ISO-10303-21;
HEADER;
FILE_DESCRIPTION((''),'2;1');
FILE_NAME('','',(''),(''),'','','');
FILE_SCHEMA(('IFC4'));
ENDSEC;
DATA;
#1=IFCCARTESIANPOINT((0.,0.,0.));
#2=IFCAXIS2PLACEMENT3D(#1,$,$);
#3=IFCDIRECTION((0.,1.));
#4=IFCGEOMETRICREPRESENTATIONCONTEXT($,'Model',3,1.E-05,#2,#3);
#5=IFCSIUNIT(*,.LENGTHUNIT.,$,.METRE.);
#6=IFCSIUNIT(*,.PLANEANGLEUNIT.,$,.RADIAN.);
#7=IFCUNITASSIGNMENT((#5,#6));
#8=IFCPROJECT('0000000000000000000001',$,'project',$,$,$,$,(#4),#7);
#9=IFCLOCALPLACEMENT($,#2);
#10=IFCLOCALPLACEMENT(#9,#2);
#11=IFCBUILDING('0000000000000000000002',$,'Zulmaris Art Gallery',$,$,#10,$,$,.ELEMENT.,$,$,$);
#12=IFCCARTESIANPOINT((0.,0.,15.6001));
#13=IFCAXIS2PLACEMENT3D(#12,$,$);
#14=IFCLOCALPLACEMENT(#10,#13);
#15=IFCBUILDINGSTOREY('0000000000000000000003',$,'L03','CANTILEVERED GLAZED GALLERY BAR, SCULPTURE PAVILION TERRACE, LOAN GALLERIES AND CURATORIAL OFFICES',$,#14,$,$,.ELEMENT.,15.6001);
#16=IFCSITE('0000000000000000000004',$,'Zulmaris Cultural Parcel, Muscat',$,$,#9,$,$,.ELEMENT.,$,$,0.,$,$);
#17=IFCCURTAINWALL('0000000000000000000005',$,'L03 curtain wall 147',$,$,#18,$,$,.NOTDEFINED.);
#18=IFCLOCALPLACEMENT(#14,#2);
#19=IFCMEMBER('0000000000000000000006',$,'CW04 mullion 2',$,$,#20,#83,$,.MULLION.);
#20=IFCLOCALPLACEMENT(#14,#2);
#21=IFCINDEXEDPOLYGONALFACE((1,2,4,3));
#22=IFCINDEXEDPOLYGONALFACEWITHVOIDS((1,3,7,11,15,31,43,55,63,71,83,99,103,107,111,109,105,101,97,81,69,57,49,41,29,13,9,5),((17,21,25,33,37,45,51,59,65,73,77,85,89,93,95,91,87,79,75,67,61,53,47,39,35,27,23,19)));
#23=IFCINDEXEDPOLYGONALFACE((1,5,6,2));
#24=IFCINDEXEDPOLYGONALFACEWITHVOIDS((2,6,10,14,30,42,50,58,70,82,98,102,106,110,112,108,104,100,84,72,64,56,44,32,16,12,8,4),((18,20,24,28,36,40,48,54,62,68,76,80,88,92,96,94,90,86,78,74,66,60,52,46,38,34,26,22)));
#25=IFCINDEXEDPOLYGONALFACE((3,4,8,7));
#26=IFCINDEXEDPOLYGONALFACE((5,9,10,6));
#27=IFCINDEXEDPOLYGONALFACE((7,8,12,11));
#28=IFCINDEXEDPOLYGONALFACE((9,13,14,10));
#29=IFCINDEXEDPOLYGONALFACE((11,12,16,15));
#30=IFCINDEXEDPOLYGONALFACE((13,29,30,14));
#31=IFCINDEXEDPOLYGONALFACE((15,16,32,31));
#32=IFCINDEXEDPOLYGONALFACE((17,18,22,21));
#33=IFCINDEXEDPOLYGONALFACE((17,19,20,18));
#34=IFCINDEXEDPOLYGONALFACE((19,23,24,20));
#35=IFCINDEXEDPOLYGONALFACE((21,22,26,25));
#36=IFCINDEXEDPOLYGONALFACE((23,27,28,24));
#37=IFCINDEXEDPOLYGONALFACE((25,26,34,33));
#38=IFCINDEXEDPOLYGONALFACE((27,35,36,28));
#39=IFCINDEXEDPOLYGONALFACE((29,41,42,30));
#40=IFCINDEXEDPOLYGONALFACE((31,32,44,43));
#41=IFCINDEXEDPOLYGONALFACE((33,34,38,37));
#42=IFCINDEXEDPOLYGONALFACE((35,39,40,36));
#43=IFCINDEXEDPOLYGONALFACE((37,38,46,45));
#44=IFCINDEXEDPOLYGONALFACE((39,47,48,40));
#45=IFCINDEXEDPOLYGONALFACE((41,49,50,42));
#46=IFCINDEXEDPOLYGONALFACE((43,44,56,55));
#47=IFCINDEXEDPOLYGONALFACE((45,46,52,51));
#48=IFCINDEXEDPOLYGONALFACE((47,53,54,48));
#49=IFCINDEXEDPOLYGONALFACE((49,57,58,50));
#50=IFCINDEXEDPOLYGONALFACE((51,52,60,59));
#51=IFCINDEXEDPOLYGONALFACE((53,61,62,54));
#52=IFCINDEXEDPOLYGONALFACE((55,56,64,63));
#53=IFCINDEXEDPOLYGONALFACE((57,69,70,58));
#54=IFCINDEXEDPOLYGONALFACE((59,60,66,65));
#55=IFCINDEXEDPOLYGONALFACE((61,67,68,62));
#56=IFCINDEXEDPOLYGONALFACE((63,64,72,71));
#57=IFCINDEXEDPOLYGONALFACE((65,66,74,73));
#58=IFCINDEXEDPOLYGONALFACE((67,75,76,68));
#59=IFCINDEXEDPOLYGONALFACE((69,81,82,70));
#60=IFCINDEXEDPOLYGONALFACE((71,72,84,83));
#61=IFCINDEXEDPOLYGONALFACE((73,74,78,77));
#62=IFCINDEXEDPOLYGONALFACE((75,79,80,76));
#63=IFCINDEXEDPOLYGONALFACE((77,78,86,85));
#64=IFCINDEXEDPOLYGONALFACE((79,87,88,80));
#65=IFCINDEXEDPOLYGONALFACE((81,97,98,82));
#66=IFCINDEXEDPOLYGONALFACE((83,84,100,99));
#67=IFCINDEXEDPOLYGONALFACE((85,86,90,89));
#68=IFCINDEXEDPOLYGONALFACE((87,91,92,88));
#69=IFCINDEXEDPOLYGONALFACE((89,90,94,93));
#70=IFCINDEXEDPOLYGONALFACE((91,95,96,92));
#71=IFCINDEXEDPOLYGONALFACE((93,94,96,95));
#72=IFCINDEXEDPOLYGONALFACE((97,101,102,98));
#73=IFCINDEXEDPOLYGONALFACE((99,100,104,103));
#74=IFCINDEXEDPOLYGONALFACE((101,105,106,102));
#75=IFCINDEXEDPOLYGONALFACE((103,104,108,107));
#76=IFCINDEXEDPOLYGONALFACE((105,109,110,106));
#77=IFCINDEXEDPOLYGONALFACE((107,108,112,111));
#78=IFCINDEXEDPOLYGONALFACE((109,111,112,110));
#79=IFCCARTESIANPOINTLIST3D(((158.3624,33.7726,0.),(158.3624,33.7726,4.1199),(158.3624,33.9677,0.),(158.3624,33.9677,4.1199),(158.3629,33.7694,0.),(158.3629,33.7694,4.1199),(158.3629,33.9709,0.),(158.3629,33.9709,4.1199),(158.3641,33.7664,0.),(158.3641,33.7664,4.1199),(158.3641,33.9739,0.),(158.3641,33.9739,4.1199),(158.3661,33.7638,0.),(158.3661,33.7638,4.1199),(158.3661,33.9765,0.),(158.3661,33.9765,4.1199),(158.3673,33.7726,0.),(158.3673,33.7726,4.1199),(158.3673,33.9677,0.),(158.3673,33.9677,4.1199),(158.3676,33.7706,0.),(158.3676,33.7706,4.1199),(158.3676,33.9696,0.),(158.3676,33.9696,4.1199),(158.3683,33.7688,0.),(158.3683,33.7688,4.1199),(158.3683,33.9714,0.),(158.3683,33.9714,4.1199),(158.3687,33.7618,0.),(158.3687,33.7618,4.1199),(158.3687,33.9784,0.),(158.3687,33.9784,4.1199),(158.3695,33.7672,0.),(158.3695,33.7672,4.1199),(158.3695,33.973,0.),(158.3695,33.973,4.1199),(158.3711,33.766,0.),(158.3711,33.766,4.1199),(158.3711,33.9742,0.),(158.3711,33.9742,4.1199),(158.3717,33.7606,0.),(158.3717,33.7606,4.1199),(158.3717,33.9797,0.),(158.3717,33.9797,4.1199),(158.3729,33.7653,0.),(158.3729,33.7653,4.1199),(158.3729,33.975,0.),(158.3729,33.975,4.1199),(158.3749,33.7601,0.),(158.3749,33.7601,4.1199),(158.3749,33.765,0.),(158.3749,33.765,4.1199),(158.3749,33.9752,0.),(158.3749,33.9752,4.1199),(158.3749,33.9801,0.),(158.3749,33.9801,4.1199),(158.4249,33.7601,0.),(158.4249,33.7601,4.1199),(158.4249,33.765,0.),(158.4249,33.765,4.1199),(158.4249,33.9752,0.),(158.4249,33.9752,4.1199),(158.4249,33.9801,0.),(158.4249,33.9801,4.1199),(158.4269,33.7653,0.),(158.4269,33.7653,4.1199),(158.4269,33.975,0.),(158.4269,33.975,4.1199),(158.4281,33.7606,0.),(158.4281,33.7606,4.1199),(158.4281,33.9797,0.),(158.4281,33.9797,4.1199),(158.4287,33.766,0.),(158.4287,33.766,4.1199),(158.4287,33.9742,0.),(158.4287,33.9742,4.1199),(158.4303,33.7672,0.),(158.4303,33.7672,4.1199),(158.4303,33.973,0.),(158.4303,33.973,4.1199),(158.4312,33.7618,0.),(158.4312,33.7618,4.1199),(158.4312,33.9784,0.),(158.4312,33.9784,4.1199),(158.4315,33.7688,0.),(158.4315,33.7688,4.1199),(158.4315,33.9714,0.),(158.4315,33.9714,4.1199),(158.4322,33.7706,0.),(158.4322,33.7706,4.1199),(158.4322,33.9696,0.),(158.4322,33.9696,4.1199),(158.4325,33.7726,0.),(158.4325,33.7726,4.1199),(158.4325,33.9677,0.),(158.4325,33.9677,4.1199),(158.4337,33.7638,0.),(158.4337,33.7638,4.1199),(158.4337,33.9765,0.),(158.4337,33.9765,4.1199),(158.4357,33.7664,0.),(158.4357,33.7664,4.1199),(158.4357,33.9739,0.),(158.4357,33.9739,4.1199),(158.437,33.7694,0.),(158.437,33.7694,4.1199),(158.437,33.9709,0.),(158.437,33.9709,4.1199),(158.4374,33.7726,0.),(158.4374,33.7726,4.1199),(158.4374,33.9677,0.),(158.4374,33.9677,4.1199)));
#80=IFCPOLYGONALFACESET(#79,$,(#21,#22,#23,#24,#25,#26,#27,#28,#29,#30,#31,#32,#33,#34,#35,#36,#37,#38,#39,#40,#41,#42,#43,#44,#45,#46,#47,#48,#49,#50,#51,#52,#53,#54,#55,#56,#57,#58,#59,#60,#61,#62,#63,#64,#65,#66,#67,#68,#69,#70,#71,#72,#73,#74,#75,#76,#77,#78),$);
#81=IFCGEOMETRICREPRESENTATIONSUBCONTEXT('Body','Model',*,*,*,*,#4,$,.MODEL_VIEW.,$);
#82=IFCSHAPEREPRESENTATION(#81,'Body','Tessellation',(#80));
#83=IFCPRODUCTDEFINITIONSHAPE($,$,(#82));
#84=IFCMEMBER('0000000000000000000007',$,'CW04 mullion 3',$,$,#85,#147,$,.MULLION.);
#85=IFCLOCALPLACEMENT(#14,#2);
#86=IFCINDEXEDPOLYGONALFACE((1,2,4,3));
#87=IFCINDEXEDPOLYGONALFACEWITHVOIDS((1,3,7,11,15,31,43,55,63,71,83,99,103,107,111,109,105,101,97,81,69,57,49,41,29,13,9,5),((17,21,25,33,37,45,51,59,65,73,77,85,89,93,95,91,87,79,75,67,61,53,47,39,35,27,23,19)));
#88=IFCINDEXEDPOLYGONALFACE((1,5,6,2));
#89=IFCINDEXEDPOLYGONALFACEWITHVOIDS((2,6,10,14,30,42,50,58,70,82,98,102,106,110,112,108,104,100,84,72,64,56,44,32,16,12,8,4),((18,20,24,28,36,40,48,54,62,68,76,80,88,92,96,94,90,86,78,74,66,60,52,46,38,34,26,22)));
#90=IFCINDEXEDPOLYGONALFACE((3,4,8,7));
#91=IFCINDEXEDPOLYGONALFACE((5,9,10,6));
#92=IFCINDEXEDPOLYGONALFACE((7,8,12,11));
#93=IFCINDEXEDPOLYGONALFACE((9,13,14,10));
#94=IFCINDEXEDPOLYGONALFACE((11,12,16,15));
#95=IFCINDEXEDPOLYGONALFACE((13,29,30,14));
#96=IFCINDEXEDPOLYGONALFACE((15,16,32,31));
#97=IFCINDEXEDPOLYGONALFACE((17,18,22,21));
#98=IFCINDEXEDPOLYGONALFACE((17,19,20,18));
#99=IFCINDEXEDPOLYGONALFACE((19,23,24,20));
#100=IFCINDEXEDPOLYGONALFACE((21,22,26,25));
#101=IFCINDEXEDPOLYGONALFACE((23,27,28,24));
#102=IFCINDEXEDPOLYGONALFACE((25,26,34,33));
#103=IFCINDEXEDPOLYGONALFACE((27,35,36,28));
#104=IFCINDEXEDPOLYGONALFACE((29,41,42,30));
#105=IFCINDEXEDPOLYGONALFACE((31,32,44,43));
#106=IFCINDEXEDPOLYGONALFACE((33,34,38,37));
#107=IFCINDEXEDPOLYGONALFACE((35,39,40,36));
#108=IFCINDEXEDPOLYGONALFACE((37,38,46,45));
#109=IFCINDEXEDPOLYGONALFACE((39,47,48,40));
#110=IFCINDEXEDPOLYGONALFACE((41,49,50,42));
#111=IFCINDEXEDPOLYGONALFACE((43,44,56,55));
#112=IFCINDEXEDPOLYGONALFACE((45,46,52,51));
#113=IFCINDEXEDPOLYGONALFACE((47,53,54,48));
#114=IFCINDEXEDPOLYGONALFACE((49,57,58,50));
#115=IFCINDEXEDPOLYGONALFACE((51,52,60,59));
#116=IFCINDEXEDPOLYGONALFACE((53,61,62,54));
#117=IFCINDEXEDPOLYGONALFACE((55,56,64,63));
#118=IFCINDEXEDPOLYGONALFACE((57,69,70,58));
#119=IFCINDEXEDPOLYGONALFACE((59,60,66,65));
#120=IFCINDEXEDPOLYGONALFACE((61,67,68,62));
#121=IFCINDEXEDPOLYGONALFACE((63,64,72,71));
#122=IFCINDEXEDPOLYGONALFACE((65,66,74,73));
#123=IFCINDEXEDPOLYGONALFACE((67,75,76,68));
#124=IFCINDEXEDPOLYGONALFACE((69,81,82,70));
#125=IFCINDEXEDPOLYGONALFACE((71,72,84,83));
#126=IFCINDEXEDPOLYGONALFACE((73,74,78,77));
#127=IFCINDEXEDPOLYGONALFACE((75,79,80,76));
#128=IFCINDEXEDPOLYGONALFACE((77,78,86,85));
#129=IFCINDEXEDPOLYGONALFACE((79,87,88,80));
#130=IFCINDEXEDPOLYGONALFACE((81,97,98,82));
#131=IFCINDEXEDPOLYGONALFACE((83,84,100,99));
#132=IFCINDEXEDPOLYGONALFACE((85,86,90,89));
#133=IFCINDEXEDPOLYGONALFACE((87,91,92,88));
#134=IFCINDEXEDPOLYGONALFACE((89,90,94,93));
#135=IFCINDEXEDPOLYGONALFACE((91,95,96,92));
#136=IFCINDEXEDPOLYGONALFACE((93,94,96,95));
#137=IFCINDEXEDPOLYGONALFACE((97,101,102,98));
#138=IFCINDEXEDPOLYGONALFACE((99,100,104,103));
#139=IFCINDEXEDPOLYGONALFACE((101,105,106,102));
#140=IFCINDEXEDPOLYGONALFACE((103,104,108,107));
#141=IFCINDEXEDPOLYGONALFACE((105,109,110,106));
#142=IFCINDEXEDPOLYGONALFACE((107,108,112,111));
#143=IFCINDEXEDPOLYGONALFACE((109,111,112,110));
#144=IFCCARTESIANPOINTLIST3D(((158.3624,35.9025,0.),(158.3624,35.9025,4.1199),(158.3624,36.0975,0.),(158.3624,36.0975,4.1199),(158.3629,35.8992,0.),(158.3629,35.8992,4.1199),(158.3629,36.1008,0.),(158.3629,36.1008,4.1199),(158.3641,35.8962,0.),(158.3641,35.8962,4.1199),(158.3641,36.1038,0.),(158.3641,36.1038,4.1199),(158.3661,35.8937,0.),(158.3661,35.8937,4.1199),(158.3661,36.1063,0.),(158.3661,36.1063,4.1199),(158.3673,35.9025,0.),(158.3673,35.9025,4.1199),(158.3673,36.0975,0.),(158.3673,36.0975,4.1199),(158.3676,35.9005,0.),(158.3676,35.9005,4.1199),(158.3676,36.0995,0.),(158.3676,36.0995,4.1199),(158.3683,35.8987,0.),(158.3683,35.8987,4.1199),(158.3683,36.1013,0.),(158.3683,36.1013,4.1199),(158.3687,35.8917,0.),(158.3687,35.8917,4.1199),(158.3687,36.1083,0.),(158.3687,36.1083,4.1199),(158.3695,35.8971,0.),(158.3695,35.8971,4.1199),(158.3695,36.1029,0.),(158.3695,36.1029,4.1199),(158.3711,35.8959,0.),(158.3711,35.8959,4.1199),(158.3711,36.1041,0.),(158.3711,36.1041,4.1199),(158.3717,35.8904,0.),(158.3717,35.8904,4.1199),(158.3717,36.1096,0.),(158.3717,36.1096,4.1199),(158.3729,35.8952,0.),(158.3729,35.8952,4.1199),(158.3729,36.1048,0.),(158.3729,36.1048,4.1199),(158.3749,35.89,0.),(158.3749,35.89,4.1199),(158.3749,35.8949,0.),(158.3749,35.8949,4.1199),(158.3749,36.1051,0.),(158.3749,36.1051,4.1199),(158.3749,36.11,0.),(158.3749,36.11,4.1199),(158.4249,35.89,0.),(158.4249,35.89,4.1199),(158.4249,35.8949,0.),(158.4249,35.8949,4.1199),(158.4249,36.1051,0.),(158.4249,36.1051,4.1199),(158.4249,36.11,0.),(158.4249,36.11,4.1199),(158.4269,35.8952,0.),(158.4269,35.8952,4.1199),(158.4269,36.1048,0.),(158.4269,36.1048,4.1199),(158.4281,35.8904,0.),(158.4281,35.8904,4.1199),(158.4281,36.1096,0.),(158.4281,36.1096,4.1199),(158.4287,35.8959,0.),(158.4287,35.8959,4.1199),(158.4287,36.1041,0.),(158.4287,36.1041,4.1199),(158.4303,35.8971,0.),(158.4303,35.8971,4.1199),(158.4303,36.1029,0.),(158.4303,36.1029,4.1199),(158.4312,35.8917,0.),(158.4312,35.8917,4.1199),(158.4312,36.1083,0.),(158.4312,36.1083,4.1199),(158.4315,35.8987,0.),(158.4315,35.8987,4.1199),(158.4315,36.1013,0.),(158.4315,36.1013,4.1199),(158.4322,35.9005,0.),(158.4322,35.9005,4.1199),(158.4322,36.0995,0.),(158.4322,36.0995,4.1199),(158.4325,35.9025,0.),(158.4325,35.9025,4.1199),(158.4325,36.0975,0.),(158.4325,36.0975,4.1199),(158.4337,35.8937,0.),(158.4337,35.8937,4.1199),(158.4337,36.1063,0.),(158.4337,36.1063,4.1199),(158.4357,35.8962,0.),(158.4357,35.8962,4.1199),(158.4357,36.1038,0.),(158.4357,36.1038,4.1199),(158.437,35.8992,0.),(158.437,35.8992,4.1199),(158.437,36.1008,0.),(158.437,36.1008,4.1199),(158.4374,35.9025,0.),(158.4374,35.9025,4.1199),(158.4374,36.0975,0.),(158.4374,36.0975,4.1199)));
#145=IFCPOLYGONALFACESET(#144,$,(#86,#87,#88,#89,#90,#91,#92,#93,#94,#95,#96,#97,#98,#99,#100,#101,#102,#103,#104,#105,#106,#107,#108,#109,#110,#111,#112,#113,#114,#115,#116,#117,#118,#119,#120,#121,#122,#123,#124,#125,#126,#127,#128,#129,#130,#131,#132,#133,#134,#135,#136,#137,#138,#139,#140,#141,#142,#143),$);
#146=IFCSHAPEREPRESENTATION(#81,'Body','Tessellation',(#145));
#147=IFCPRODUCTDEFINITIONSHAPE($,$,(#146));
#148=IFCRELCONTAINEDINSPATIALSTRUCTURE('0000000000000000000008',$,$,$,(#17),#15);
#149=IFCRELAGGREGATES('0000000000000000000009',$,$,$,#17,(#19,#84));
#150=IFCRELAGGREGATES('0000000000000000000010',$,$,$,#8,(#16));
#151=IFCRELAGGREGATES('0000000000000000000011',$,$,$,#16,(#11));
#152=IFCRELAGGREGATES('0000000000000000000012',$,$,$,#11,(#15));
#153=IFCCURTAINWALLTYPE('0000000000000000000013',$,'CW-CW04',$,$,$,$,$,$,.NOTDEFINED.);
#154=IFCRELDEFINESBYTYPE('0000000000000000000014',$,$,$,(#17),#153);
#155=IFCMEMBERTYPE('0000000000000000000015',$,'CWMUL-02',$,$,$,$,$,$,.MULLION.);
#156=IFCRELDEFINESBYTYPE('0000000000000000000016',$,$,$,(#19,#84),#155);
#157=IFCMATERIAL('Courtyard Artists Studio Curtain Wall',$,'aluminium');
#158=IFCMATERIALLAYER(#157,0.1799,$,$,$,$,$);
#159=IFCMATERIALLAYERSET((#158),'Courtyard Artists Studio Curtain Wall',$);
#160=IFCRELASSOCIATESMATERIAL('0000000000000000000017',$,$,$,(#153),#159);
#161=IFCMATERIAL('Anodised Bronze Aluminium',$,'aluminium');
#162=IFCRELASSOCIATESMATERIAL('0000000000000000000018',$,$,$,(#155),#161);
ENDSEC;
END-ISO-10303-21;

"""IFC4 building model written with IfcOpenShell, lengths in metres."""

from ifc_helpers import new_model, si_unit, direction, frame, origin, origin_2d, place, context, subcontext, project, spatial, hollow_rectangle, extrude, material, layer, layer_set, material_profile, profile_set, type_object, element, aggregate, save


model = new_model("IFC4")

# Units and contexts
model_context = context("Model", 3, precision=1e-05, world=origin(), true_north=direction((0.0, 1.0)))
body_context = subcontext(model_context, "Body", "Model", "MODEL_VIEW")
ifc_project = project(units=[si_unit("LENGTHUNIT", "METRE"), si_unit("PLANEANGLEUNIT", "RADIAN")], contexts=[model_context])

# Site, building, storey
site_placement = place(None, origin())
site = spatial("IfcSite", under=ifc_project, at=site_placement, Name="Zulmaris Cultural Parcel, Muscat", CompositionType="ELEMENT", RefElevation=0.0)
building_placement = place(site_placement, origin())
building = spatial("IfcBuilding", under=site, at=building_placement, Name="Zulmaris Art Gallery", CompositionType="ELEMENT")
storey_placement = place(building_placement, frame((0.0, 0.0, 15.6001)))
storey = spatial("IfcBuildingStorey", under=building, at=storey_placement, Name="L03", Description="CANTILEVERED GLAZED GALLERY BAR, SCULPTURE PAVILION TERRACE, LOAN GALLERIES AND CURATORIAL OFFICES", CompositionType="ELEMENT", Elevation=15.6001)

# Curtain wall, members
ifc_material_1 = material(Name="Courtyard Artists Studio Curtain Wall", Category="aluminium")
ifc_layer_1 = layer(ifc_material_1, 0.1799)
ifc_layer_set_1 = layer_set([ifc_layer_1], Name="Courtyard Artists Studio Curtain Wall")
curtain_wall_type = type_object("IfcCurtainWallType", Name="CW-CW04", PredefinedType="NOTDEFINED", material=ifc_layer_set_1)
curtain_wall_1_placement = place(storey_placement, origin())
curtain_wall_1 = element("IfcCurtainWall", 1, at=curtain_wall_1_placement, inside=storey, type_object=curtain_wall_type, Name="L03 curtain wall 147", PredefinedType="NOTDEFINED")
ifc_material_2 = material(Name="Anodised Bronze Aluminium", Category="aluminium")
ifc_material_profile_1 = material_profile(ifc_material_2, hollow_rectangle(XDim=0.075, YDim=0.22, WallThickness=0.0049, InnerFilletRadius=0.0076, OuterFilletRadius=0.0125, at=origin_2d()), Name="ALU 75x220x5")
ifc_profile_set_1 = profile_set([ifc_material_profile_1], Name="Anodised Bronze Aluminium")
member_type_1 = type_object("IfcMemberType", Name="CWMUL-02", PredefinedType="MULLION", material=ifc_profile_set_1)
member_1_placement = place(storey_placement, frame((158.3999, 33.8701, 0.0), z_axis=(0.0, 0.0, 1.0), x_axis=(-1.0, 0.0, 0.0)))
member_1 = element("IfcMember", 2, at=member_1_placement, type_object=member_type_1, Name="CW04 mullion 2", PredefinedType="MULLION", context=body_context, shape_type="SweptSolid", body=[
    extrude(hollow_rectangle(XDim=0.075, YDim=0.22, WallThickness=0.0049, InnerFilletRadius=0.0076, OuterFilletRadius=0.0125, at=origin_2d()), origin(), (0.0, 0.0, 1.0), 4.1199),
])
member_2_placement = place(storey_placement, frame((158.3999, 36.0, 0.0), z_axis=(0.0, 0.0, 1.0), x_axis=(-1.0, 0.0, 0.0)))
member_2 = element("IfcMember", 3, at=member_2_placement, type_object=member_type_1, Name="CW04 mullion 3", PredefinedType="MULLION", context=body_context, shape_type="SweptSolid", body=[
    extrude(hollow_rectangle(XDim=0.075, YDim=0.22, WallThickness=0.0049, InnerFilletRadius=0.0076, OuterFilletRadius=0.0125, at=origin_2d()), origin(), (0.0, 0.0, 1.0), 4.1199),
])

aggregate(curtain_wall_1, [member_1, member_2])

save(model, "model.ifc")
